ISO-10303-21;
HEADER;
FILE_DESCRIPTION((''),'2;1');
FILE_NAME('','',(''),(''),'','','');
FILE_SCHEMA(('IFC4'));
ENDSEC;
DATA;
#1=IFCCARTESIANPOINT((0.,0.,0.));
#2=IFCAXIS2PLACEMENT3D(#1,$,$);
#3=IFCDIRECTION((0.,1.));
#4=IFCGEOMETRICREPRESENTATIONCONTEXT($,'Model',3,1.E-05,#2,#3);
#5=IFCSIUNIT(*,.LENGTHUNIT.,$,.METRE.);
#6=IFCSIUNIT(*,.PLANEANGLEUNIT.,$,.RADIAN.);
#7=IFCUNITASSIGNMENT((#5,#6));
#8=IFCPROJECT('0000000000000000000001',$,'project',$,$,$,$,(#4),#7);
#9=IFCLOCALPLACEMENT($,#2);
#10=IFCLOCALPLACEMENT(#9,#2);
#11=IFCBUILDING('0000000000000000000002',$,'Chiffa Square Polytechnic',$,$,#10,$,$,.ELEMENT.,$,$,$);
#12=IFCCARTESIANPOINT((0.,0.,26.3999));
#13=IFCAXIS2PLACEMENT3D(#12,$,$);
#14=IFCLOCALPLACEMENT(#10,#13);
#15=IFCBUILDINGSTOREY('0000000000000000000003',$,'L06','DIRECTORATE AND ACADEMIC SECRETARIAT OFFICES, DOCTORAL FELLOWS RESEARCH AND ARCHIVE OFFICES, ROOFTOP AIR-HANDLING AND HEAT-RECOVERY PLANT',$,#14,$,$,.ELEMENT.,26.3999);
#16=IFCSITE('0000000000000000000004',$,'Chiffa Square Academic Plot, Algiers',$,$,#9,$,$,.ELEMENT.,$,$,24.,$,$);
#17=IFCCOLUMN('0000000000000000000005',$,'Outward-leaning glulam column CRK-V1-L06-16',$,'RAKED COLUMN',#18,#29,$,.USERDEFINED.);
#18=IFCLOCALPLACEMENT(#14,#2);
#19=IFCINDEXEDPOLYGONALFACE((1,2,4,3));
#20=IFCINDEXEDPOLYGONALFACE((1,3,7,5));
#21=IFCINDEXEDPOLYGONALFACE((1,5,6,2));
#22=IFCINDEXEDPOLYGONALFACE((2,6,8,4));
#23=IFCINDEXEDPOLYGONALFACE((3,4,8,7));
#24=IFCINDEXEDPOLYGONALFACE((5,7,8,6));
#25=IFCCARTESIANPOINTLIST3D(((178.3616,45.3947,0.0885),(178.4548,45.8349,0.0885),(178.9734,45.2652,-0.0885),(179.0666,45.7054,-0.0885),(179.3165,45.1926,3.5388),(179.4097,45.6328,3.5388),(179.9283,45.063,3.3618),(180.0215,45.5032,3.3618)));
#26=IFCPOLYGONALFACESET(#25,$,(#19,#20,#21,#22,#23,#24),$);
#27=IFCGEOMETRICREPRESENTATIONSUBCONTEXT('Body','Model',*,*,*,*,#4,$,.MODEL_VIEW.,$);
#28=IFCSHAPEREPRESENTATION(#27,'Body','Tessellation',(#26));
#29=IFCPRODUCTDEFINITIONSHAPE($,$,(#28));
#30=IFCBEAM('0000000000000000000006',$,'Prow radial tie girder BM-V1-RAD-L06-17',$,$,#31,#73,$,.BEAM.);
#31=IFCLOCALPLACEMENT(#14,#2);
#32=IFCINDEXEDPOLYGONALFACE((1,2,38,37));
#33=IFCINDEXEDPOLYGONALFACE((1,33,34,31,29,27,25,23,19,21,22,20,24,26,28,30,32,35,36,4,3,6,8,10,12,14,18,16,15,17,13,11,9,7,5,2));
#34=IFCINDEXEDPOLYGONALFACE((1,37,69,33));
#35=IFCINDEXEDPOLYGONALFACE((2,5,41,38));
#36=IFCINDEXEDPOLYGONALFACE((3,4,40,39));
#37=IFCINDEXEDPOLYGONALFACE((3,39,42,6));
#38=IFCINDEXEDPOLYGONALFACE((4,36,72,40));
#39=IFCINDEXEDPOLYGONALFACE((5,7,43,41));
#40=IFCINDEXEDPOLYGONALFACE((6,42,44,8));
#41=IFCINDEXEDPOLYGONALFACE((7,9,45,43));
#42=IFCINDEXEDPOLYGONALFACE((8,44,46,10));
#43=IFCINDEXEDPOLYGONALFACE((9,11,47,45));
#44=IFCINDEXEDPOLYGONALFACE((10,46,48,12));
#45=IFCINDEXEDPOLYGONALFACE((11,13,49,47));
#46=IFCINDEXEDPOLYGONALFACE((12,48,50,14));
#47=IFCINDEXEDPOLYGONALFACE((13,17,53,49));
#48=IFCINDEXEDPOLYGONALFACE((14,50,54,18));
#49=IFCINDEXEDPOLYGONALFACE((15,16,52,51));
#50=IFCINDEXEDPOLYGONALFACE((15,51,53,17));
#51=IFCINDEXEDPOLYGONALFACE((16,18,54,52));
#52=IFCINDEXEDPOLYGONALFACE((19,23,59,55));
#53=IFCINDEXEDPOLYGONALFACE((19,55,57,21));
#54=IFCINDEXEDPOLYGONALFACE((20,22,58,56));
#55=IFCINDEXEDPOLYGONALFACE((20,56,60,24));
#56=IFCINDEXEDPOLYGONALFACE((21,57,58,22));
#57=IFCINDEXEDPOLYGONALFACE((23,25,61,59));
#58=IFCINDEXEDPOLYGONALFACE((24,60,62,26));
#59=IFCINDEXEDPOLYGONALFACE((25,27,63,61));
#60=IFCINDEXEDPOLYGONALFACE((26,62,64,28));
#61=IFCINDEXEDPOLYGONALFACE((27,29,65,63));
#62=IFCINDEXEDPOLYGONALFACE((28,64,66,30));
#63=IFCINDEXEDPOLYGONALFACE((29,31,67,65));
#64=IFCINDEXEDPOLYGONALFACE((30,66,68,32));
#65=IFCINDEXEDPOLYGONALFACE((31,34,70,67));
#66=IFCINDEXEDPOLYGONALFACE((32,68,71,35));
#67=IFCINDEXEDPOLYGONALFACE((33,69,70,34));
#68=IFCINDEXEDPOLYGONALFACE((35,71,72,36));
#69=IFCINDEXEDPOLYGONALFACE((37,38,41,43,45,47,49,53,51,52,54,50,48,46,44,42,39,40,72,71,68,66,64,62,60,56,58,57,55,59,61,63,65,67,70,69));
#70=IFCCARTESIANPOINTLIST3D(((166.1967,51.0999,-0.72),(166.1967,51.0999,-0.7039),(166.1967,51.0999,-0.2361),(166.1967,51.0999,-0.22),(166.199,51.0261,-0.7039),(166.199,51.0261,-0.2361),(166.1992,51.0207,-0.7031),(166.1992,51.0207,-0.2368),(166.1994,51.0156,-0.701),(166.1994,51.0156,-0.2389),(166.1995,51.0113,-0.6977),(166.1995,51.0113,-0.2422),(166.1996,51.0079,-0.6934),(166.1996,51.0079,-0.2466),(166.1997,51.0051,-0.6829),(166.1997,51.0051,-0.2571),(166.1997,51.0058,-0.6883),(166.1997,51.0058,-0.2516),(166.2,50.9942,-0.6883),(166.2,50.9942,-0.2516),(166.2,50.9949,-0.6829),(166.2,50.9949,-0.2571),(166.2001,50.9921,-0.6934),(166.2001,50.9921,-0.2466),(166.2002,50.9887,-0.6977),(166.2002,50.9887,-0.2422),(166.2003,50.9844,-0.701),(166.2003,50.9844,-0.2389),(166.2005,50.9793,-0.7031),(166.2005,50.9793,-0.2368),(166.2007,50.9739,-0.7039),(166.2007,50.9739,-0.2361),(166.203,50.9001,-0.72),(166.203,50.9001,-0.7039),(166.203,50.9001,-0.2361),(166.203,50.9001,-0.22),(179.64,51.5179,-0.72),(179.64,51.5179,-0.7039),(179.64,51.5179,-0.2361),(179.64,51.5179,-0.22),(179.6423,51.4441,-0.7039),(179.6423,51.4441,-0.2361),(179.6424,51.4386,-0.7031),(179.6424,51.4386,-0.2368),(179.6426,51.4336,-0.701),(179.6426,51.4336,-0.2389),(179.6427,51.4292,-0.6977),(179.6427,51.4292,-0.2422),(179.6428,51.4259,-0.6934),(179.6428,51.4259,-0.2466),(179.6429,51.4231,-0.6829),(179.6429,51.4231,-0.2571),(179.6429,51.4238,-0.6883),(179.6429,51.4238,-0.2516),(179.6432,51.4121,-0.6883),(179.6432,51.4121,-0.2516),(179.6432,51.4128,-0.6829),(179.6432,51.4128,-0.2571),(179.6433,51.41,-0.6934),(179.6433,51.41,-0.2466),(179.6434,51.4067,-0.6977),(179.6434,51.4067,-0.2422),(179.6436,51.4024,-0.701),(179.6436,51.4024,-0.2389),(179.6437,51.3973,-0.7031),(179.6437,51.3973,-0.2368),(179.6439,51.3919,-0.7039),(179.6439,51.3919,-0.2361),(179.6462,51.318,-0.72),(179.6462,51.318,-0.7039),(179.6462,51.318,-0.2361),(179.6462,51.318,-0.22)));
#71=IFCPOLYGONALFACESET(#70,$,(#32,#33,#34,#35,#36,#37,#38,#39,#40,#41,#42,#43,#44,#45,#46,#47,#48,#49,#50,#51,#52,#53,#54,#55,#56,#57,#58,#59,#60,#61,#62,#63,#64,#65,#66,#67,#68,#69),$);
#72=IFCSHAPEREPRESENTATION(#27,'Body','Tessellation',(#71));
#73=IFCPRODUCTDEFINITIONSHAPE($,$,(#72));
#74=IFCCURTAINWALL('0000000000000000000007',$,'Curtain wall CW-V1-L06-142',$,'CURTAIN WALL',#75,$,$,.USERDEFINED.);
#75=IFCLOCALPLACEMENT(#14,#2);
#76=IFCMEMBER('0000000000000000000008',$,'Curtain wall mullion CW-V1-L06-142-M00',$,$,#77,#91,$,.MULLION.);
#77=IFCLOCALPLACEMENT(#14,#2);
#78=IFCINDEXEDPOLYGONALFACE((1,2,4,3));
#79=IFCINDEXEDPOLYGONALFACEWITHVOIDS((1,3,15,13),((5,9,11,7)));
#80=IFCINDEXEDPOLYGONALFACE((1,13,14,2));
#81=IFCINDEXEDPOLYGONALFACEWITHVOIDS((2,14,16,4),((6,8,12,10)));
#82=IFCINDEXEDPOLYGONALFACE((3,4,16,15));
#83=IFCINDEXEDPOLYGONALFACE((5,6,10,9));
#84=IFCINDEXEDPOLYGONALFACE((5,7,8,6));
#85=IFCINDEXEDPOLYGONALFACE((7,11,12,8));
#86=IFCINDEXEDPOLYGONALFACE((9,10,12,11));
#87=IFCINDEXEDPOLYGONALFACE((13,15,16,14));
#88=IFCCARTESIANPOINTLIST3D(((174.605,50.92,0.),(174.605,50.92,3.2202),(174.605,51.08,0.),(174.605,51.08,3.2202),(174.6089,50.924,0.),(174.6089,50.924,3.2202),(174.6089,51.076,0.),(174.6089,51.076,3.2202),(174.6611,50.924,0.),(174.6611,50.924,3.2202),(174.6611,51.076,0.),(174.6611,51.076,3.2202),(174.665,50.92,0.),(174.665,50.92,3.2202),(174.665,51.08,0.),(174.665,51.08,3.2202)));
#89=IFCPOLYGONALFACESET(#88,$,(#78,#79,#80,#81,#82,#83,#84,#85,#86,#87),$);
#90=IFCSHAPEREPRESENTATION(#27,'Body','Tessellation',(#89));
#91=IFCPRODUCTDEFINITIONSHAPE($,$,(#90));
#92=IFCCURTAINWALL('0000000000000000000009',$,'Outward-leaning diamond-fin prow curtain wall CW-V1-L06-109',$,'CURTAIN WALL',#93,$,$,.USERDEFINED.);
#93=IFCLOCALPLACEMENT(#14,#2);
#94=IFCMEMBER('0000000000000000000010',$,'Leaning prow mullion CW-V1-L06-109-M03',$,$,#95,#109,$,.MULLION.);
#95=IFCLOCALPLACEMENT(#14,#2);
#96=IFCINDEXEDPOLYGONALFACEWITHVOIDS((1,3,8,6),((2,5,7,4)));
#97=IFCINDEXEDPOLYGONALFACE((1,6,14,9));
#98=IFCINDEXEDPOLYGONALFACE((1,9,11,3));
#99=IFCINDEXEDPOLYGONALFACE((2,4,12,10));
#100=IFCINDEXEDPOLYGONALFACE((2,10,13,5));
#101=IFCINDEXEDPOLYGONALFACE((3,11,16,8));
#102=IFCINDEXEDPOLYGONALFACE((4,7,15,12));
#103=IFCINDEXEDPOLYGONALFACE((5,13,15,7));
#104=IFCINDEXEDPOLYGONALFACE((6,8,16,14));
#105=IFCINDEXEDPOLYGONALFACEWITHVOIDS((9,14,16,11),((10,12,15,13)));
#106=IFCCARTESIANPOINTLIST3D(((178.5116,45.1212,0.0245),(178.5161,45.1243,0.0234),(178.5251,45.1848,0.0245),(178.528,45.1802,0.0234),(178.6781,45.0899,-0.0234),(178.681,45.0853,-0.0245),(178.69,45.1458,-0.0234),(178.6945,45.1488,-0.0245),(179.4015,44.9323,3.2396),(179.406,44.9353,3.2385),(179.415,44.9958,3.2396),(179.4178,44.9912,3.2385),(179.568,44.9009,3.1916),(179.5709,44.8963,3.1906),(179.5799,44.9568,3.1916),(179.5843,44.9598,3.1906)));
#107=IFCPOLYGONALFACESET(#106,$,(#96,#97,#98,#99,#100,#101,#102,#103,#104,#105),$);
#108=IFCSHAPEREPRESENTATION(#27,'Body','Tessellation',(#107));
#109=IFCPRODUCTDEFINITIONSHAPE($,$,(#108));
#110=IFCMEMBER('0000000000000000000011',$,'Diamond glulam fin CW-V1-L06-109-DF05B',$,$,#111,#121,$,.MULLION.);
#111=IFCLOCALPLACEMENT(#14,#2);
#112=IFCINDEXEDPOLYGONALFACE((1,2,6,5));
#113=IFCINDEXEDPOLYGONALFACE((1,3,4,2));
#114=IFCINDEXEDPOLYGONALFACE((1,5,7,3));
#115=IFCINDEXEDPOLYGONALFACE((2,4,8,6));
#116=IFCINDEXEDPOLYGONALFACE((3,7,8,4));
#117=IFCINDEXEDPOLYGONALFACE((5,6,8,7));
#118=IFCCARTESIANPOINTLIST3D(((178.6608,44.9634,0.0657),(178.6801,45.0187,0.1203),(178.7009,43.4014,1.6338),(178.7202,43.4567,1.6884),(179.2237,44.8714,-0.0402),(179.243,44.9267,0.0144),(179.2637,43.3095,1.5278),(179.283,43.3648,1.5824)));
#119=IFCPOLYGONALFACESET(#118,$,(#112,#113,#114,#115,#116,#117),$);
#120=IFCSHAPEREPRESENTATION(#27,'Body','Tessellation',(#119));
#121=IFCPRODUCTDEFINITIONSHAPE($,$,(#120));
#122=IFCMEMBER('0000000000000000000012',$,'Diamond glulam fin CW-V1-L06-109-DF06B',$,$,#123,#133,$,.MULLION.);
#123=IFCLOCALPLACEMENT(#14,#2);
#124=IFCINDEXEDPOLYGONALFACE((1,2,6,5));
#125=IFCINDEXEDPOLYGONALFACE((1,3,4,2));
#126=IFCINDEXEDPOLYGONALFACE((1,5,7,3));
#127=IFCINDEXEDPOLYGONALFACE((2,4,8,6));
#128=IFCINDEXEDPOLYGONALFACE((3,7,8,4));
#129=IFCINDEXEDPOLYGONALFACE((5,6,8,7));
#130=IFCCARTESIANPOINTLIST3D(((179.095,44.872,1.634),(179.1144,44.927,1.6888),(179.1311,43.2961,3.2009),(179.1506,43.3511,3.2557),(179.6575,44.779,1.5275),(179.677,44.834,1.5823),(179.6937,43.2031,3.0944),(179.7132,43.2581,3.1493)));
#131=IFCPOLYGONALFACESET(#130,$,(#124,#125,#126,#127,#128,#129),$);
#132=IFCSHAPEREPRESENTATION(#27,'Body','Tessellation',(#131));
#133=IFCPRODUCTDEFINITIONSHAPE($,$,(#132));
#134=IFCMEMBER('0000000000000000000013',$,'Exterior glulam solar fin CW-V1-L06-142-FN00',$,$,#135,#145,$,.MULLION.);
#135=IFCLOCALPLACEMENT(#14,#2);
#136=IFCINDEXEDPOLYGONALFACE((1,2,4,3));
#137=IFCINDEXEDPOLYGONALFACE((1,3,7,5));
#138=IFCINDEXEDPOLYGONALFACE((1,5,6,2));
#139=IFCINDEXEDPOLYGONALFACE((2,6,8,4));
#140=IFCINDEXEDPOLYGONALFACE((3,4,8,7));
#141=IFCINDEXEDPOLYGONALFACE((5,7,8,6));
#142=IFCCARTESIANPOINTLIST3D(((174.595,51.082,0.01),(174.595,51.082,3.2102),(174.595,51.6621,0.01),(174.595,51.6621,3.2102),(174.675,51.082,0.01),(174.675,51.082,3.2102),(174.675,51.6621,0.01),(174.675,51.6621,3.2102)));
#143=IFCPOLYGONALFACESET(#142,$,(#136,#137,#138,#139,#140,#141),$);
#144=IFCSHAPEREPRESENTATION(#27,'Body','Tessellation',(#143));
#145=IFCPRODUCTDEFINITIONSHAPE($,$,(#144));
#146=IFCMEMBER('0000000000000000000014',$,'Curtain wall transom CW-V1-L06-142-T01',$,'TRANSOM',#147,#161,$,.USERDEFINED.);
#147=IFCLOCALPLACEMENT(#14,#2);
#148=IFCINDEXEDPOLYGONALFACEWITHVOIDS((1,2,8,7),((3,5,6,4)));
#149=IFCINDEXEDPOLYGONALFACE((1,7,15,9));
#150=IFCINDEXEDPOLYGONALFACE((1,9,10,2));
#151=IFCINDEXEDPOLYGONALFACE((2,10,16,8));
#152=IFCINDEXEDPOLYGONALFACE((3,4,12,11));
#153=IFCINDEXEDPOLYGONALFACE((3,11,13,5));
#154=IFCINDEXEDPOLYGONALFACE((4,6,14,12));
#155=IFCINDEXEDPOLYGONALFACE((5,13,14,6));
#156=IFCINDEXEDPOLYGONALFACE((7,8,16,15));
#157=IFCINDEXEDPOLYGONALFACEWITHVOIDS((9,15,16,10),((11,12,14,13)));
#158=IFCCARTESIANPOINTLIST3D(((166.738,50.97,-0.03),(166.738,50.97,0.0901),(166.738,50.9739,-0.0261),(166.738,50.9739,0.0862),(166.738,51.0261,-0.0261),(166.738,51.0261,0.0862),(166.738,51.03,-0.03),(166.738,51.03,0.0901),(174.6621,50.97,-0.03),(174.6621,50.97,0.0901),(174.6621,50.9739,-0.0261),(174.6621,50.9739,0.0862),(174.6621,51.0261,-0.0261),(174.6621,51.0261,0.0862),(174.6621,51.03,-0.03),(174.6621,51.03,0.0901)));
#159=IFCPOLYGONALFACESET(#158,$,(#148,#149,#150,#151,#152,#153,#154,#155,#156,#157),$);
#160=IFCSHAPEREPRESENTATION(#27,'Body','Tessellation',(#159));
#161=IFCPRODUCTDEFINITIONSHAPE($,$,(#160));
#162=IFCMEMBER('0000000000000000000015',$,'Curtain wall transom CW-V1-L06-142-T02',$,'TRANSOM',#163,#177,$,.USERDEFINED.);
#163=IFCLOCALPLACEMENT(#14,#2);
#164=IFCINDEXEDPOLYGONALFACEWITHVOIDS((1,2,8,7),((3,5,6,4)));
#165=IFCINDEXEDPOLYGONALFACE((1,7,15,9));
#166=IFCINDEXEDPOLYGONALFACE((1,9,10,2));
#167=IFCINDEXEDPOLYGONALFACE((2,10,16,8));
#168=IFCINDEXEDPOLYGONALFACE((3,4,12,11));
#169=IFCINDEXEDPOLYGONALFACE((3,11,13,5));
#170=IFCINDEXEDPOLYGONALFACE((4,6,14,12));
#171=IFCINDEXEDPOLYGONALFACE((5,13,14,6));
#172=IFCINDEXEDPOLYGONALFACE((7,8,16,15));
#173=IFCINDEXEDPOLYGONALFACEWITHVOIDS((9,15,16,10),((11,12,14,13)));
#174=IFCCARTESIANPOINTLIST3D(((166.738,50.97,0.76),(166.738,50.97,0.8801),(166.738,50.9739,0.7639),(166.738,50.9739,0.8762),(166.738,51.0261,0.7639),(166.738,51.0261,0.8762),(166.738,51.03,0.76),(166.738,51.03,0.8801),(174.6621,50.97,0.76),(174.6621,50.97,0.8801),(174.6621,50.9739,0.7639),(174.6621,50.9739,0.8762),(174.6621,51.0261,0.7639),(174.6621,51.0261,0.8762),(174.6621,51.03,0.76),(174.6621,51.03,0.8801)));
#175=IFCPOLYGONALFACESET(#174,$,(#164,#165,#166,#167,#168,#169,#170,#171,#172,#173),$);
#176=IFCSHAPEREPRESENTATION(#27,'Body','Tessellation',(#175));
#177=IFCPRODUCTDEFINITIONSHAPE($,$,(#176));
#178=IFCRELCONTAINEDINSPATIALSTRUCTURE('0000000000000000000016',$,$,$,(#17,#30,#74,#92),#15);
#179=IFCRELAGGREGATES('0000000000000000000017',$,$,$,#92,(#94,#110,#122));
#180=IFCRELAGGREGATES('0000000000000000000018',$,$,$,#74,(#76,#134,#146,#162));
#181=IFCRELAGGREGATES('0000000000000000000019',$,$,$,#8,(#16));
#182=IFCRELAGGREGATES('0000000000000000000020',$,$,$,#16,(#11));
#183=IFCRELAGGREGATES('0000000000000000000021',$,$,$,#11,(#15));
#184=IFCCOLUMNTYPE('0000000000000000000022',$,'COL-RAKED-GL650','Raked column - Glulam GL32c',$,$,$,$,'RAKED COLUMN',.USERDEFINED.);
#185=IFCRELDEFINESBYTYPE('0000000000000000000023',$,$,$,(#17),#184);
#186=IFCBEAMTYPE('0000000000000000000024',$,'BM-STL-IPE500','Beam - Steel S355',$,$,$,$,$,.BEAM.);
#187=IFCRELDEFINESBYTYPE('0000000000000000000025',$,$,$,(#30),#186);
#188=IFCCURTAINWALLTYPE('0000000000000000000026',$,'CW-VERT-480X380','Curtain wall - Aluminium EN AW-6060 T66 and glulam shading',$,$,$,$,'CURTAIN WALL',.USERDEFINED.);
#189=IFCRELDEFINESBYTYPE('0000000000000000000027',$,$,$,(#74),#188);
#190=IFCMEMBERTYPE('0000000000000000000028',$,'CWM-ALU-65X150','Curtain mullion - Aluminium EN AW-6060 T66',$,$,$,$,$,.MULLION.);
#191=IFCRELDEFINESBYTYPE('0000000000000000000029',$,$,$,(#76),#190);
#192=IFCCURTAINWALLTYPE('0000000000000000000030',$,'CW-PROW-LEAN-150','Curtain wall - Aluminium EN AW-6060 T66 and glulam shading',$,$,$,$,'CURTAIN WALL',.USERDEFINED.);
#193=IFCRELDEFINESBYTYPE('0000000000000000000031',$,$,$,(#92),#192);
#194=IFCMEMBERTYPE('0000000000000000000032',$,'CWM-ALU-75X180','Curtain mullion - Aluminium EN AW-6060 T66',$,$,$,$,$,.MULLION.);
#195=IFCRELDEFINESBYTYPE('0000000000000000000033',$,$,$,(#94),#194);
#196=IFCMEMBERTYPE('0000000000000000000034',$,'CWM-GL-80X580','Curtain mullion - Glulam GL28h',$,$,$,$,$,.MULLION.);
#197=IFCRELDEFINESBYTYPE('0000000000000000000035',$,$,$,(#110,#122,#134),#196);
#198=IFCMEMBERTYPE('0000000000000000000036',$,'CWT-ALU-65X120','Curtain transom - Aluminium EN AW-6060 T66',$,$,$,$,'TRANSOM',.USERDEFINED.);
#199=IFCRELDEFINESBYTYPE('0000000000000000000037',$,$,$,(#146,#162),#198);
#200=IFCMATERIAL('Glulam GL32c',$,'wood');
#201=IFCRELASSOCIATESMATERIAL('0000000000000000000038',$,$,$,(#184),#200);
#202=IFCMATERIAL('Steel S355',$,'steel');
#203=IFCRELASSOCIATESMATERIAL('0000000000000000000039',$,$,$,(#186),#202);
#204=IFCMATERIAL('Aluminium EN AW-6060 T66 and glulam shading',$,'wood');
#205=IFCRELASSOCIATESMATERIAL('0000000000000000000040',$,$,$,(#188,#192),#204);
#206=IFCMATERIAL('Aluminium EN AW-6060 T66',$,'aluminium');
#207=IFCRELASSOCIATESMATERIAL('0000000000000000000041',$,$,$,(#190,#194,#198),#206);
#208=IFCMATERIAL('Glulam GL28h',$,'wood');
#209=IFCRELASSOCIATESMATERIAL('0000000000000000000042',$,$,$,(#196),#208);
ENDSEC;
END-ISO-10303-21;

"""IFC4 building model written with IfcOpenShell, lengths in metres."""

from ifc_helpers import new_model, si_unit, direction, frame, origin, origin_2d, place, context, subcontext, project, spatial, rectangle, hollow_rectangle, i_section, extrude, material, material_profile, profile_set, type_object, element, aggregate, save


model = new_model("IFC4")

# Units and contexts
model_context = context("Model", 3, precision=1e-05, world=origin(), true_north=direction((0.0, 1.0)))
body_context = subcontext(model_context, "Body", "Model", "MODEL_VIEW")
ifc_project = project(units=[si_unit("LENGTHUNIT", "METRE"), si_unit("PLANEANGLEUNIT", "RADIAN")], contexts=[model_context])

# Site, building, storey
site_placement = place(None, origin())
site = spatial("IfcSite", under=ifc_project, at=site_placement, Name="Chiffa Square Academic Plot, Algiers", CompositionType="ELEMENT", RefElevation=24.0)
building_placement = place(site_placement, origin())
building = spatial("IfcBuilding", under=site, at=building_placement, Name="Chiffa Square Polytechnic", CompositionType="ELEMENT")
storey_placement = place(building_placement, frame((0.0, 0.0, 26.3999)))
storey = spatial("IfcBuildingStorey", under=building, at=storey_placement, Name="L06", Description="DIRECTORATE AND ACADEMIC SECRETARIAT OFFICES, DOCTORAL FELLOWS RESEARCH AND ARCHIVE OFFICES, ROOFTOP AIR-HANDLING AND HEAT-RECOVERY PLANT", CompositionType="ELEMENT", Elevation=26.3999)

# Column
ifc_material_1 = material(Name="Glulam GL32c", Category="wood")
ifc_material_profile_1 = material_profile(ifc_material_1, rectangle(XDim=0.45, YDim=0.6499, at=origin_2d()), Name="GL32c 450x650")
ifc_profile_set_1 = profile_set([ifc_material_profile_1], Name="Glulam GL32c")
column_type = type_object("IfcColumnType", Name="COL-RAKED-GL650", Description="Raked column - Glulam GL32c", ElementType="RAKED COLUMN", PredefinedType="USERDEFINED", material=ifc_profile_set_1)
column_placement = place(storey_placement, frame((178.7141, 45.55, 0.0), z_axis=(0.266298, -0.056378, 0.962241), x_axis=(0.20712, 0.978316, 0.0)))
element("IfcColumn", 1, at=column_placement, inside=storey, type_object=column_type, Name="Outward-leaning glulam column CRK-V1-L06-16", ObjectType="RAKED COLUMN", PredefinedType="USERDEFINED", context=body_context, shape_type="SweptSolid", body=[
    extrude(rectangle(XDim=0.45, YDim=0.6499, at=origin_2d()), origin(), (0.0, 0.0, 1.0), 3.5857),
])

# Beam
ifc_material_2 = material(Name="Steel S355", Category="steel")
ifc_material_profile_2 = material_profile(ifc_material_2, i_section(OverallWidth=0.2, OverallDepth=0.5, WebThickness=0.0103, FlangeThickness=0.0161, FilletRadius=0.021, at=origin_2d()), Name="IPE 500")
ifc_profile_set_2 = profile_set([ifc_material_profile_2], Name="Steel S355")
beam_type_1 = type_object("IfcBeamType", Name="BM-STL-IPE500", Description="Beam - Steel S355", PredefinedType="BEAM", material=ifc_profile_set_2)
beam_1_placement = place(storey_placement, frame((179.6431, 51.418, -0.47), z_axis=(-0.999517, -0.031077, 0.0), x_axis=(0.031077, -0.999517, 0.0)))
element("IfcBeam", 2, at=beam_1_placement, inside=storey, type_object=beam_type_1, Name="Prow radial tie girder BM-V1-RAD-L06-17", PredefinedType="BEAM", context=body_context, shape_type="SweptSolid", body=[
    extrude(i_section(OverallWidth=0.2, OverallDepth=0.5, WebThickness=0.0103, FlangeThickness=0.0161, FilletRadius=0.021, at=origin_2d()), origin(), (0.0, 0.0, 1.0), 13.4497),
])

# Curtain wall, member
ifc_material_3 = material(Name="Aluminium EN AW-6060 T66 and glulam shading", Category="wood")
curtain_wall_type_1 = type_object("IfcCurtainWallType", Name="CW-VERT-480X380", Description="Curtain wall - Aluminium EN AW-6060 T66 and glulam shading", ElementType="CURTAIN WALL", PredefinedType="USERDEFINED", material=ifc_material_3)
curtain_wall_1_placement = place(storey_placement, origin())
curtain_wall_1 = element("IfcCurtainWall", 3, at=curtain_wall_1_placement, inside=storey, type_object=curtain_wall_type_1, Name="Curtain wall CW-V1-L06-142", ObjectType="CURTAIN WALL", PredefinedType="USERDEFINED")
ifc_material_4 = material(Name="Aluminium EN AW-6060 T66", Category="aluminium")
ifc_material_profile_3 = material_profile(ifc_material_4, hollow_rectangle(XDim=0.0601, YDim=0.1599, WallThickness=0.0039, at=origin_2d()), Name="ALU 60x160x4")
ifc_profile_set_3 = profile_set([ifc_material_profile_3], Name="Aluminium EN AW-6060 T66")
member_type_1 = type_object("IfcMemberType", Name="CWM-ALU-65X150", Description="Curtain mullion - Aluminium EN AW-6060 T66", PredefinedType="MULLION", material=ifc_profile_set_3)
member_1_placement = place(storey_placement, frame((174.635, 51.0, 0.0), z_axis=(0.0, 0.0, 1.0), x_axis=(1.0, 0.0, 0.0)))
member_1 = element("IfcMember", 4, at=member_1_placement, type_object=member_type_1, Name="Curtain wall mullion CW-V1-L06-142-M00", PredefinedType="MULLION", context=body_context, shape_type="SweptSolid", body=[
    extrude(hollow_rectangle(XDim=0.0601, YDim=0.1599, WallThickness=0.0039, at=origin_2d()), origin(), (0.0, 0.0, 1.0), 3.2202),
])

# Curtain wall, members
curtain_wall_type_2 = type_object("IfcCurtainWallType", Name="CW-PROW-LEAN-150", Description="Curtain wall - Aluminium EN AW-6060 T66 and glulam shading", ElementType="CURTAIN WALL", PredefinedType="USERDEFINED", material=ifc_material_3)
curtain_wall_2_placement = place(storey_placement, origin())
curtain_wall_2 = element("IfcCurtainWall", 5, at=curtain_wall_2_placement, inside=storey, type_object=curtain_wall_type_2, Name="Outward-leaning diamond-fin prow curtain wall CW-V1-L06-109", ObjectType="CURTAIN WALL", PredefinedType="USERDEFINED")
ifc_material_profile_4 = material_profile(ifc_material_4, hollow_rectangle(XDim=0.0649, YDim=0.1799, WallThickness=0.0039, at=origin_2d()), Name="ALU 65x180x4")
ifc_profile_set_4 = profile_set([ifc_material_profile_4], Name="Aluminium EN AW-6060 T66")
member_type_2 = type_object("IfcMemberType", Name="CWM-ALU-75X180", Description="Curtain mullion - Aluminium EN AW-6060 T66", PredefinedType="MULLION", material=ifc_profile_set_4)
member_2_placement = place(storey_placement, frame((178.603, 45.135, 0.0), z_axis=(0.26633, -0.056554, 0.962221), x_axis=(0.207714, 0.97819, 0.0)))
member_2 = element("IfcMember", 6, at=member_2_placement, type_object=member_type_2, Name="Leaning prow mullion CW-V1-L06-109-M03", PredefinedType="MULLION", context=body_context, shape_type="SweptSolid", body=[
    extrude(hollow_rectangle(XDim=0.0649, YDim=0.1799, WallThickness=0.0039, at=origin_2d()), origin(), (0.0, 0.0, 1.0), 3.3413),
])
ifc_material_5 = material(Name="Glulam GL28h", Category="wood")
ifc_material_profile_5 = material_profile(ifc_material_5, rectangle(XDim=0.0801, YDim=0.5801, at=origin_2d()), Name="GL28h 80x580")
ifc_profile_set_5 = profile_set([ifc_material_profile_5], Name="Glulam GL28h")
member_type_3 = type_object("IfcMemberType", Name="CWM-GL-80X580", Description="Curtain mullion - Glulam GL28h", PredefinedType="MULLION", material=ifc_profile_set_5)
member_3_placement = place(storey_placement, frame((178.9519, 44.9451, 0.04), z_axis=(0.018087, -0.705611, 0.708368), x_axis=(0.241201, 0.690639, 0.681792)))
member_3 = element("IfcMember", 7, at=member_3_placement, type_object=member_type_3, Name="Diamond glulam fin CW-V1-L06-109-DF05B", PredefinedType="MULLION", context=body_context, shape_type="SweptSolid", body=[
    extrude(rectangle(XDim=0.0801, YDim=0.5801, at=origin_2d()), origin(), (0.0, 0.0, 1.0), 2.2136),
])
member_4_placement = place(storey_placement, frame((179.386, 44.853, 1.6082), z_axis=(0.016257, -0.709043, 0.704978), x_axis=(0.243142, 0.68671, 0.685062)))
member_4 = element("IfcMember", 8, at=member_4_placement, type_object=member_type_3, Name="Diamond glulam fin CW-V1-L06-109-DF06B", PredefinedType="MULLION", context=body_context, shape_type="SweptSolid", body=[
    extrude(rectangle(XDim=0.0801, YDim=0.5801, at=origin_2d()), origin(), (0.0, 0.0, 1.0), 2.2227),
])

# Members
member_5_placement = place(storey_placement, frame((174.635, 51.3721, 0.01), z_axis=(0.0, 0.0, 1.0), x_axis=(-1.0, 0.0, 0.0)))
member_5 = element("IfcMember", 9, at=member_5_placement, type_object=member_type_3, Name="Exterior glulam solar fin CW-V1-L06-142-FN00", PredefinedType="MULLION", context=body_context, shape_type="SweptSolid", body=[
    extrude(rectangle(XDim=0.0801, YDim=0.5801, at=origin_2d()), origin(), (0.0, 0.0, 1.0), 3.2002),
])
ifc_material_profile_6 = material_profile(ifc_material_4, hollow_rectangle(XDim=0.0601, YDim=0.1201, WallThickness=0.0039, at=origin_2d()), Name="ALU 60x120x4")
ifc_profile_set_6 = profile_set([ifc_material_profile_6], Name="Aluminium EN AW-6060 T66")
member_type_4 = type_object("IfcMemberType", Name="CWT-ALU-65X120", Description="Curtain transom - Aluminium EN AW-6060 T66", ElementType="TRANSOM", PredefinedType="USERDEFINED", material=ifc_profile_set_6)
member_6_placement = place(storey_placement, frame((174.6621, 51.0, 0.03), z_axis=(-1.0, 0.0, 0.0), x_axis=(0.0, -1.0, 0.0)))
member_6 = element("IfcMember", 10, at=member_6_placement, type_object=member_type_4, Name="Curtain wall transom CW-V1-L06-142-T01", ObjectType="TRANSOM", PredefinedType="USERDEFINED", context=body_context, shape_type="SweptSolid", body=[
    extrude(hollow_rectangle(XDim=0.0601, YDim=0.1201, WallThickness=0.0039, at=origin_2d()), origin(), (0.0, 0.0, 1.0), 7.9241),
])
member_7_placement = place(storey_placement, frame((174.6621, 51.0, 0.8201), z_axis=(-1.0, 0.0, 0.0), x_axis=(0.0, -1.0, 0.0)))
member_7 = element("IfcMember", 11, at=member_7_placement, type_object=member_type_4, Name="Curtain wall transom CW-V1-L06-142-T02", ObjectType="TRANSOM", PredefinedType="USERDEFINED", context=body_context, shape_type="SweptSolid", body=[
    extrude(hollow_rectangle(XDim=0.0601, YDim=0.1201, WallThickness=0.0039, at=origin_2d()), origin(), (0.0, 0.0, 1.0), 7.9241),
])

aggregate(curtain_wall_2, [member_2, member_3, member_4])
aggregate(curtain_wall_1, [member_1, member_5, member_6, member_7])

save(model, "model.ifc")
